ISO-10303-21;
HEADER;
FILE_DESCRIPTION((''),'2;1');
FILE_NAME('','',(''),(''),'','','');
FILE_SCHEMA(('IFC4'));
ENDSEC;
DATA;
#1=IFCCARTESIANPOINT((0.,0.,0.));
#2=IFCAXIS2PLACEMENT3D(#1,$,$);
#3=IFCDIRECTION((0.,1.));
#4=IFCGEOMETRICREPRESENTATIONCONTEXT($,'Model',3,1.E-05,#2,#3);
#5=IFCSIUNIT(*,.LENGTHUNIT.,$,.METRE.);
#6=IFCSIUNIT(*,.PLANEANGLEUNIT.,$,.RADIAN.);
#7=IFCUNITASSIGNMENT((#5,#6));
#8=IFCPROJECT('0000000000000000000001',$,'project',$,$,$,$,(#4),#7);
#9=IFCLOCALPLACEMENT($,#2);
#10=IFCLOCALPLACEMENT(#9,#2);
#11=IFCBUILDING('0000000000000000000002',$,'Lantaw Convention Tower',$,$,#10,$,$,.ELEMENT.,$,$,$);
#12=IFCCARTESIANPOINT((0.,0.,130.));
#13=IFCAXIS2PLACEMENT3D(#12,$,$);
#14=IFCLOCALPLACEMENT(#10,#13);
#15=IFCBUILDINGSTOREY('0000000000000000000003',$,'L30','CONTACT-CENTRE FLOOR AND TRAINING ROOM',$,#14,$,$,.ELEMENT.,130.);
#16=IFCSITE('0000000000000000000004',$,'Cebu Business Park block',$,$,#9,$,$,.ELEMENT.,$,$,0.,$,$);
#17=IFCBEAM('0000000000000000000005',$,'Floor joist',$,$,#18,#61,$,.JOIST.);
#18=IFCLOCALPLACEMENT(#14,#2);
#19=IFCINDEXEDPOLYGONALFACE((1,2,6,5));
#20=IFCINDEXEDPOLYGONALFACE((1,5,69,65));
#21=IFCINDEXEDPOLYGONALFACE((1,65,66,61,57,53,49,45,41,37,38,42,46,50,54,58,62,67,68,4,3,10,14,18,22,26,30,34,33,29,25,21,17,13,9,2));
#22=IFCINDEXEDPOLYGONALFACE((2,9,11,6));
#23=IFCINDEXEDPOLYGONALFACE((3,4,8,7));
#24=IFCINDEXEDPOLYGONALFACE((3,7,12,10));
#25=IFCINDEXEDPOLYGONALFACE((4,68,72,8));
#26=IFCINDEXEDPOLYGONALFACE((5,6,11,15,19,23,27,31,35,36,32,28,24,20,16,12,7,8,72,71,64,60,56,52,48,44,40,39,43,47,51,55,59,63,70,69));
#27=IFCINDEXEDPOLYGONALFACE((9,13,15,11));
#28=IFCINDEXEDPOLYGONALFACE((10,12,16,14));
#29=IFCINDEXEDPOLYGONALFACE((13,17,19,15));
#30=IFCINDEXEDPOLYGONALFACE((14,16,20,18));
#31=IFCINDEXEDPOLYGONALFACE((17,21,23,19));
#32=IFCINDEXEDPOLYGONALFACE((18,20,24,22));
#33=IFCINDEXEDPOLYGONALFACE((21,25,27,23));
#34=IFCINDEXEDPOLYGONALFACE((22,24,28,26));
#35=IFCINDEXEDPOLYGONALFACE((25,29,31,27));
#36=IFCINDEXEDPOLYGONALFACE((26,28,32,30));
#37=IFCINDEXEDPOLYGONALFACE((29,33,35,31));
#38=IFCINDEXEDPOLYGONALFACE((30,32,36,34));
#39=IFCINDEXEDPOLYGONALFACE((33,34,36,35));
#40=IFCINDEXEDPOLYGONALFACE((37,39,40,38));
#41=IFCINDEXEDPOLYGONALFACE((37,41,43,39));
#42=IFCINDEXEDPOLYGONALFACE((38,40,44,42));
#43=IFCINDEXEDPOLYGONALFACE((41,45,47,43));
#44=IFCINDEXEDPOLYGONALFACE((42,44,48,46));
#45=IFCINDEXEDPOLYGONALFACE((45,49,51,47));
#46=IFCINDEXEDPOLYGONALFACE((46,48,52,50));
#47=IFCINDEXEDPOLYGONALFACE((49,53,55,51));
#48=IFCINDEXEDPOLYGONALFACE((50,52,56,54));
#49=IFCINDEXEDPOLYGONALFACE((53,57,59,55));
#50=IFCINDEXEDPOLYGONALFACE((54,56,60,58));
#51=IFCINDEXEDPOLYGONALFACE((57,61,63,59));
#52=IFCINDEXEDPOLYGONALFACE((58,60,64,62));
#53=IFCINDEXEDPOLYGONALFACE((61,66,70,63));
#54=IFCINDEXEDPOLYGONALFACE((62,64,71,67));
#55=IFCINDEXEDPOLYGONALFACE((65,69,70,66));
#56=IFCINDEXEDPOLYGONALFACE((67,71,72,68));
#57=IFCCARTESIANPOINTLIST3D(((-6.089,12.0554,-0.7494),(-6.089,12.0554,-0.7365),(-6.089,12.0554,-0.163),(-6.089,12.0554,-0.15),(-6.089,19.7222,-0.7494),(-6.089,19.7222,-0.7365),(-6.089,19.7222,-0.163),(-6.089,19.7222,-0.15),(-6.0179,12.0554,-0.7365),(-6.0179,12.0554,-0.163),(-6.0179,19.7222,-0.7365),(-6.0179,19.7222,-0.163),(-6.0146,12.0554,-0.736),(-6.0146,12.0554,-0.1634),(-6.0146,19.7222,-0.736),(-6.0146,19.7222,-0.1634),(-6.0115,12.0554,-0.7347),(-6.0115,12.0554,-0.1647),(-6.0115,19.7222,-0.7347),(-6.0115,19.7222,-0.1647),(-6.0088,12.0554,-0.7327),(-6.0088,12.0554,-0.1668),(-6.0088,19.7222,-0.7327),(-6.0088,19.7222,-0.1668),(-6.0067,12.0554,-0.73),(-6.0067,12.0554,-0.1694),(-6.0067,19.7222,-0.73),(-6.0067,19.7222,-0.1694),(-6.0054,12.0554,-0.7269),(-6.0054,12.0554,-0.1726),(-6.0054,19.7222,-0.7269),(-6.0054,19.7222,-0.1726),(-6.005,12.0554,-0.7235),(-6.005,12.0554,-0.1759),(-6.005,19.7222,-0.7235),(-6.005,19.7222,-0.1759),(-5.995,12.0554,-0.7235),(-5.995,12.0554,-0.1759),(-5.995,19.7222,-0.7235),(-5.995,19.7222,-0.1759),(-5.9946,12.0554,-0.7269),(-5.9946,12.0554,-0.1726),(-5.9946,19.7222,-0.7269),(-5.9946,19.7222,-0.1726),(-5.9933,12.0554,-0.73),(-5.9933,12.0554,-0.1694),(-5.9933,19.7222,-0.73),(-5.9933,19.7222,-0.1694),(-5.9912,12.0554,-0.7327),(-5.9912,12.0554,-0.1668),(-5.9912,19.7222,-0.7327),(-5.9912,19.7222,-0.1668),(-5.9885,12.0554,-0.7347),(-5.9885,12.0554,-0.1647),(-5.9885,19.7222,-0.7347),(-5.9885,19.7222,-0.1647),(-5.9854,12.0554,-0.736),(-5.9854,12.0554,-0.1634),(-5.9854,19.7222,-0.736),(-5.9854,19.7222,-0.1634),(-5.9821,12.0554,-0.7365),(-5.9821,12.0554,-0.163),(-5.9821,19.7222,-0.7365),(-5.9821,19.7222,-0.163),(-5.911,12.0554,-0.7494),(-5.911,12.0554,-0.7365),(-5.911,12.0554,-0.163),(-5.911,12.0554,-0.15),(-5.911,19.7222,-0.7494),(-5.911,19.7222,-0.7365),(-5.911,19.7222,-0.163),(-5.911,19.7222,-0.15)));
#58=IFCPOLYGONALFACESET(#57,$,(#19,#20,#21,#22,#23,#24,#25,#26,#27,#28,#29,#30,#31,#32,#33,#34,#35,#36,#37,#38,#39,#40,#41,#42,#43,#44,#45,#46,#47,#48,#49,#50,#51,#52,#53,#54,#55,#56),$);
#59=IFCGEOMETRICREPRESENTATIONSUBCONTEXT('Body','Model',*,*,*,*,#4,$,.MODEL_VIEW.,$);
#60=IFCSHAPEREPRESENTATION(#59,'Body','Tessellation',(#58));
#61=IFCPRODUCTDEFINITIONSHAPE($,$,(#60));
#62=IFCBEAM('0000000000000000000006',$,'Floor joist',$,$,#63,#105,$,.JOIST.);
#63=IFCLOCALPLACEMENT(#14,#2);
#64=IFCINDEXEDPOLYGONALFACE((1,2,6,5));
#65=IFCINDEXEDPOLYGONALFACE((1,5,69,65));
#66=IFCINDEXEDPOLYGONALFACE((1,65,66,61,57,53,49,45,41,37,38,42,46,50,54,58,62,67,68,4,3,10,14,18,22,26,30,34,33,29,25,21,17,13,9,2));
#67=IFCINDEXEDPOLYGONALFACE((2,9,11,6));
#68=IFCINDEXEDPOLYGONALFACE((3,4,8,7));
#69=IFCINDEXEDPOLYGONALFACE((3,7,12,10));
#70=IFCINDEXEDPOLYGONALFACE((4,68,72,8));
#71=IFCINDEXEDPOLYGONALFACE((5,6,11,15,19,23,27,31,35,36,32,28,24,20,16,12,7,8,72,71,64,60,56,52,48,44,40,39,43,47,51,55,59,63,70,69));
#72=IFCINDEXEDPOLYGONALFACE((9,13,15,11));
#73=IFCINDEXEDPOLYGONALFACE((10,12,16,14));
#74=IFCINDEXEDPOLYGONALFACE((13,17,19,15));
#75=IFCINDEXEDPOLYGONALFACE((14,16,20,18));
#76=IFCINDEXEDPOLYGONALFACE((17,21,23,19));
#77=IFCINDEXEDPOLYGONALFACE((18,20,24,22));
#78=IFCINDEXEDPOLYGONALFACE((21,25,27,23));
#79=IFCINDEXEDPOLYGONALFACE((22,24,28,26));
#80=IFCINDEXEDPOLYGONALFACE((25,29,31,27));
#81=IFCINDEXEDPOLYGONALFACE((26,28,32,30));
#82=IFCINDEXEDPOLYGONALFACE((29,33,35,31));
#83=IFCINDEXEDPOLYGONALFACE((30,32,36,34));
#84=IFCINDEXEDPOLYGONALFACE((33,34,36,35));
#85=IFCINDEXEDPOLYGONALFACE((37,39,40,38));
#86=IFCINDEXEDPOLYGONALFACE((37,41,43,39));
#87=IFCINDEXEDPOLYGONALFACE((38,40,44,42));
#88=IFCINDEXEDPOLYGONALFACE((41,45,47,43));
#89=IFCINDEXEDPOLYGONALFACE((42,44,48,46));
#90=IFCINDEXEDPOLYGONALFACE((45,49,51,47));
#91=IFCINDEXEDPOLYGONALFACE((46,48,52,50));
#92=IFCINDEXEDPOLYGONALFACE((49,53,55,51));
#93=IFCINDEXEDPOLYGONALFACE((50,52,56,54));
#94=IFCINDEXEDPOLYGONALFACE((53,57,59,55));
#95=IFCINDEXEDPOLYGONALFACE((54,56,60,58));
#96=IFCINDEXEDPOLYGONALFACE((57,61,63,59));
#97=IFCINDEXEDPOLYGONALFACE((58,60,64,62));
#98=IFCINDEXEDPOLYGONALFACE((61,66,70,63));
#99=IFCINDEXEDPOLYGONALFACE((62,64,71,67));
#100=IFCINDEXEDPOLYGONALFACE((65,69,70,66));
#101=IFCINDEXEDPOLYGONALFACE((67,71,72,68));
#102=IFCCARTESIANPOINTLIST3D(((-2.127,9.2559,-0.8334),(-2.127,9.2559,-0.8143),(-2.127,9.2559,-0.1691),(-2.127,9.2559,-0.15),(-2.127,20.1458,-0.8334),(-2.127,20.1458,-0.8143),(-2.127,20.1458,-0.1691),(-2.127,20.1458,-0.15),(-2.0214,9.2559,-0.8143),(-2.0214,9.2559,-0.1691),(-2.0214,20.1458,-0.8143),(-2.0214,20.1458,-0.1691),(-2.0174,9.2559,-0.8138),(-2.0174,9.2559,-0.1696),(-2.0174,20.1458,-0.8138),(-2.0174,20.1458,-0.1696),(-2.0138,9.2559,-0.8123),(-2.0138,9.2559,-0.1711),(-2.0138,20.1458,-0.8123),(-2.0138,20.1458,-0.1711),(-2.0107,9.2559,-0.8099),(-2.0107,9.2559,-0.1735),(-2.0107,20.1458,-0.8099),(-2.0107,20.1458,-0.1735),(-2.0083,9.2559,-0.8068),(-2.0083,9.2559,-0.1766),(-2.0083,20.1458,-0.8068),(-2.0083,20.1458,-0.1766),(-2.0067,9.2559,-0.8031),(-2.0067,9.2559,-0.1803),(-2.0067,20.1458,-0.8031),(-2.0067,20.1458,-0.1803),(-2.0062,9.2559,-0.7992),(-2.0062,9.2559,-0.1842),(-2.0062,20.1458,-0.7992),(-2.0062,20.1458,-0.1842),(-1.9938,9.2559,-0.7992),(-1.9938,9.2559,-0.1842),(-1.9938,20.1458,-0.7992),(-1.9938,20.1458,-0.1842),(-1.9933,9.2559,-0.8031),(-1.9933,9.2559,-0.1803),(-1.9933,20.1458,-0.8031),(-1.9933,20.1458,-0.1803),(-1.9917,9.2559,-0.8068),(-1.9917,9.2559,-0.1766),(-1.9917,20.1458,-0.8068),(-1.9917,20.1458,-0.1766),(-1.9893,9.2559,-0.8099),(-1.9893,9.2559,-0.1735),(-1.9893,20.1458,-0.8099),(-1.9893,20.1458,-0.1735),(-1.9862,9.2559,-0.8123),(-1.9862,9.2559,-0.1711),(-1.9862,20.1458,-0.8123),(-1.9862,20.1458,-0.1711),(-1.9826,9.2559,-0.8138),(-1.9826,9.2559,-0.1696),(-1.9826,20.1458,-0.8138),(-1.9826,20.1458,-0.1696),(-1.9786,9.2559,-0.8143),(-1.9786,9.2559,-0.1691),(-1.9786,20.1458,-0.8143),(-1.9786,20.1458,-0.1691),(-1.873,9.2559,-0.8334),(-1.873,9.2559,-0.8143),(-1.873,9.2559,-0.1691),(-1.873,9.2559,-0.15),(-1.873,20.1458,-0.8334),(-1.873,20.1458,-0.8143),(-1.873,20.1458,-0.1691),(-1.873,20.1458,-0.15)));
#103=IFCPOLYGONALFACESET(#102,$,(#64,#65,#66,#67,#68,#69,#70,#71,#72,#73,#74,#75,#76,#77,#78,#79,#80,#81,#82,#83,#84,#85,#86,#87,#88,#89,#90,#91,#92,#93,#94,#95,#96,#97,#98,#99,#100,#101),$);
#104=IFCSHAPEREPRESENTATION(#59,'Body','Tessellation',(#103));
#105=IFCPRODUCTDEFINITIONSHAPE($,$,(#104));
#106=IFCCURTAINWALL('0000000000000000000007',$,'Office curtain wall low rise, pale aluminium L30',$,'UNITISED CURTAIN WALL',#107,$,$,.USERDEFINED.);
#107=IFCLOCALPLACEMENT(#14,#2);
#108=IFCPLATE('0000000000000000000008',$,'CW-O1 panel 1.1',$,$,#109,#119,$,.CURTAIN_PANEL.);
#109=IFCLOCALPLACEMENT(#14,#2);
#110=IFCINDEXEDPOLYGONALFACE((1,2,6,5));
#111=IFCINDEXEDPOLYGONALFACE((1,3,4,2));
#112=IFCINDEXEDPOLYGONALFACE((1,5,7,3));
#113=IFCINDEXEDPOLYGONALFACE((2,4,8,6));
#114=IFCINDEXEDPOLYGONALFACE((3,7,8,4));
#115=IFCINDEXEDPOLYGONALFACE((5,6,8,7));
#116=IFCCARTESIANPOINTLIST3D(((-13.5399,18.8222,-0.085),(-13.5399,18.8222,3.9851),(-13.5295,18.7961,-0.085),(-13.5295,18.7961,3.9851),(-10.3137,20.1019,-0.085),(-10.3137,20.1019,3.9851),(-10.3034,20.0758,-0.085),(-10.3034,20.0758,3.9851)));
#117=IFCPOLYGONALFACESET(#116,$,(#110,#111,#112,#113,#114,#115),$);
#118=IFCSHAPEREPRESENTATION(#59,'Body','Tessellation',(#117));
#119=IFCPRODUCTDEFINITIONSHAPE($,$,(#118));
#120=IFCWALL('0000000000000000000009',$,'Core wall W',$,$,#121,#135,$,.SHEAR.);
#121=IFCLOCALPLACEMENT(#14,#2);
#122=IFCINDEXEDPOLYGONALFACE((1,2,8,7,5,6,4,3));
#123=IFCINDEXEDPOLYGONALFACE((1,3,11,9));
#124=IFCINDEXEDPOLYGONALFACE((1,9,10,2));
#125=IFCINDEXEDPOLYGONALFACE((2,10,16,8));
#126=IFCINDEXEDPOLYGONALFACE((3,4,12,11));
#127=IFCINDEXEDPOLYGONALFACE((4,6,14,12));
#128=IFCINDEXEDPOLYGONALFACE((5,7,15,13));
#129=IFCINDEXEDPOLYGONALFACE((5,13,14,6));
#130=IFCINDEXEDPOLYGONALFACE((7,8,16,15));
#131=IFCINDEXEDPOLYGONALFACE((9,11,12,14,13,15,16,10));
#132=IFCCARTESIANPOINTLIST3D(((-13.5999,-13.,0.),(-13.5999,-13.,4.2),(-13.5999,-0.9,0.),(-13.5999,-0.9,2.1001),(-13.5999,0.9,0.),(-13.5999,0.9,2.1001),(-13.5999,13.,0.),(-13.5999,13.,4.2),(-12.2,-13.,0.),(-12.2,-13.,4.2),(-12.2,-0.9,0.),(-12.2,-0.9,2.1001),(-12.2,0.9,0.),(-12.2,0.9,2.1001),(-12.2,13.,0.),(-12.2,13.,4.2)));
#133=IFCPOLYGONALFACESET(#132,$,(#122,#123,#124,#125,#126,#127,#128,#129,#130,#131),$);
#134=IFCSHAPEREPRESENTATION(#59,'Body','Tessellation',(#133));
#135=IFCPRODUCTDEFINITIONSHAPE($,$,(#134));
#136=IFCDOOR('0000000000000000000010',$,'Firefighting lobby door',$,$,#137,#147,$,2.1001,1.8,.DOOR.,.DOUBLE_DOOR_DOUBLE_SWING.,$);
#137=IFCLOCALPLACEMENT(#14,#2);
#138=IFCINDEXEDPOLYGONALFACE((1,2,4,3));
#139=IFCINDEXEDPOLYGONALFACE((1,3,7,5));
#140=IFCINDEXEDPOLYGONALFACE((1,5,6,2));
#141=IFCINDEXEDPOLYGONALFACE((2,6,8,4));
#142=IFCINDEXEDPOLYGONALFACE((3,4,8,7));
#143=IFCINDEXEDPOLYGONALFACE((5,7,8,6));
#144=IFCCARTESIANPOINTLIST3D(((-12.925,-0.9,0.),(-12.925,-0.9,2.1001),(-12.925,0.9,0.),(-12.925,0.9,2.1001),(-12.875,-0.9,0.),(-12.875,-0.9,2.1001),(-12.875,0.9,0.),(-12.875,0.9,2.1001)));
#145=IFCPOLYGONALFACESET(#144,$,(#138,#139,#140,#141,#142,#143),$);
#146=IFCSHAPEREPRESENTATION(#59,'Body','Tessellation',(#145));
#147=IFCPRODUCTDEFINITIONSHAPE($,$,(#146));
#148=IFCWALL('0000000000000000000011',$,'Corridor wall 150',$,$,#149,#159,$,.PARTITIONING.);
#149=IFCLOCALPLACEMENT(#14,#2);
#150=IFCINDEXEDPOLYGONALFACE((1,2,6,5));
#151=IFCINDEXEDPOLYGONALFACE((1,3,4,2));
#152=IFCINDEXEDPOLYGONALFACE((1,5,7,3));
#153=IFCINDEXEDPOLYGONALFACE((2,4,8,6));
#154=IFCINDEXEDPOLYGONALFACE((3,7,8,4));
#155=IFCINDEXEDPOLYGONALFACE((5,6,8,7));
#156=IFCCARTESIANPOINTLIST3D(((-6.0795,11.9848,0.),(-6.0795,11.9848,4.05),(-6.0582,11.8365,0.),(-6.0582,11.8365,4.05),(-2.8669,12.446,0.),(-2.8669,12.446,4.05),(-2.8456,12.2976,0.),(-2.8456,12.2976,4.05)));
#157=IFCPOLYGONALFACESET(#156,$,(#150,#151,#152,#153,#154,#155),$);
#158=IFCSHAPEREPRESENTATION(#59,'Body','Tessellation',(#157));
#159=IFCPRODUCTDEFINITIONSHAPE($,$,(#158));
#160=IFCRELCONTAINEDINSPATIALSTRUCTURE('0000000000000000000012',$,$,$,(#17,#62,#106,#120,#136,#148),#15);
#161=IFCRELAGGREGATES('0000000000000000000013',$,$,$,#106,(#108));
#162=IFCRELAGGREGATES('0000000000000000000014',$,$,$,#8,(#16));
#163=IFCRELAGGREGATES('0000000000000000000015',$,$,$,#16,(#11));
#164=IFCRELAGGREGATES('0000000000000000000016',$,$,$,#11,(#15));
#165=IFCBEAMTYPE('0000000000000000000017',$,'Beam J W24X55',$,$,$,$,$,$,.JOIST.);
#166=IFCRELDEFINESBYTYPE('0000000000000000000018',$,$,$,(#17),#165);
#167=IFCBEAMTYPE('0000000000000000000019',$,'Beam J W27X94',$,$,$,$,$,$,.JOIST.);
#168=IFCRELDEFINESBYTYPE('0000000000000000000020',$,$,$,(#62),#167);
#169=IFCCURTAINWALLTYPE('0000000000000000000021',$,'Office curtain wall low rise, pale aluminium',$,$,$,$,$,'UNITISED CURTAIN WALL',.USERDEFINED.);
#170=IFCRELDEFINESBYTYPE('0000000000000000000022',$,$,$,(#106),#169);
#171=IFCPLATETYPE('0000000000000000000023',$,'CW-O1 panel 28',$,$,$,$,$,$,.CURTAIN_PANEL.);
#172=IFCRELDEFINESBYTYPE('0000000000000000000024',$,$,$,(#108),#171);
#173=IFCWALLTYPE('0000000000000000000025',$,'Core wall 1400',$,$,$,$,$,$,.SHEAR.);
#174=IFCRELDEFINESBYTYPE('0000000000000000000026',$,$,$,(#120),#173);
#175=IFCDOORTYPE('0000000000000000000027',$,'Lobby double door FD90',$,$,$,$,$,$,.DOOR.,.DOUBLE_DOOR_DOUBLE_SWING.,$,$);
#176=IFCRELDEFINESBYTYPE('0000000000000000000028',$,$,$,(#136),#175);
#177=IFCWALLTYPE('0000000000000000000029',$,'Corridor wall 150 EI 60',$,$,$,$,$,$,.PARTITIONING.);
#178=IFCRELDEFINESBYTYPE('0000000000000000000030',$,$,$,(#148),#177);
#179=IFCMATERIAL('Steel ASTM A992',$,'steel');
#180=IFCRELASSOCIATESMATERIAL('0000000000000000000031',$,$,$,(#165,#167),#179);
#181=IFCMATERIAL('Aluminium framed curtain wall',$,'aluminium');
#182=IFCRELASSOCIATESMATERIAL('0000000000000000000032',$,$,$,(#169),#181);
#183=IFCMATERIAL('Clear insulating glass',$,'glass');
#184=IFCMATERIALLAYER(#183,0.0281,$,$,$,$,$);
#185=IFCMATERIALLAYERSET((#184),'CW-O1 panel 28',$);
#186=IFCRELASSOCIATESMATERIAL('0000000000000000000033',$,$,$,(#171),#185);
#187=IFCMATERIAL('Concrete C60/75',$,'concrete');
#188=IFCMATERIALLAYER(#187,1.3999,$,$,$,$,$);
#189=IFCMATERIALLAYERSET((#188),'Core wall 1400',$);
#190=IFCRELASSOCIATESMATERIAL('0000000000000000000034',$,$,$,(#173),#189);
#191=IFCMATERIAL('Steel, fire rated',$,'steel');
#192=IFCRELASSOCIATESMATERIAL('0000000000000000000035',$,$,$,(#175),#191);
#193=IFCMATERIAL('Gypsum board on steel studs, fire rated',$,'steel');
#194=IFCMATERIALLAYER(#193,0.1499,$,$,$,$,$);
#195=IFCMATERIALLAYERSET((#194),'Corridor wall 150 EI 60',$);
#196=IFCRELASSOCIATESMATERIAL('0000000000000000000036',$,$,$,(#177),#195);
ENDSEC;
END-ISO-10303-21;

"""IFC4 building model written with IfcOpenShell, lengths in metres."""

from ifc_helpers import new_model, si_unit, direction, frame, frame_2d, origin, origin_2d, place, context, subcontext, project, spatial, rectangle, i_section, extrude, material, layer, layer_set, material_profile, profile_set, type_object, element, fill, aggregate, save


model = new_model("IFC4")

# Units and contexts
model_context = context("Model", 3, precision=1e-05, world=origin(), true_north=direction((0.0, 1.0)))
body_context = subcontext(model_context, "Body", "Model", "MODEL_VIEW")
ifc_project = project(units=[si_unit("LENGTHUNIT", "METRE"), si_unit("PLANEANGLEUNIT", "RADIAN")], contexts=[model_context])

# Site, building, storey
site_placement = place(None, origin())
site = spatial("IfcSite", under=ifc_project, at=site_placement, Name="Cebu Business Park block", CompositionType="ELEMENT", RefElevation=0.0)
building_placement = place(site_placement, origin())
building = spatial("IfcBuilding", under=site, at=building_placement, Name="Lantaw Convention Tower", CompositionType="ELEMENT")
storey_placement = place(building_placement, frame((0.0, 0.0, 130.0)))
storey = spatial("IfcBuildingStorey", under=building, at=storey_placement, Name="L30", Description="CONTACT-CENTRE FLOOR AND TRAINING ROOM", CompositionType="ELEMENT", Elevation=130.0)

# Shared definitions
ifc_material_1 = material(Name="Concrete C60/75", Category="concrete")

# Beams
ifc_material_2 = material(Name="Steel ASTM A992", Category="steel")
ifc_material_profile_1 = material_profile(ifc_material_2, i_section(OverallWidth=0.178, OverallDepth=0.5994, WebThickness=0.01, FlangeThickness=0.0129, FilletRadius=0.0129, at=origin_2d()), Name="W24X55")
ifc_profile_set_1 = profile_set([ifc_material_profile_1], Name="Steel ASTM A992")
beam_type_1 = type_object("IfcBeamType", Name="Beam J W24X55", PredefinedType="JOIST", material=ifc_profile_set_1)
beam_1_placement = place(storey_placement, frame((-6.0, 12.0554, -0.4497), z_axis=(0.0, 1.0, 0.0), x_axis=(-1.0, 0.0, 0.0)))
element("IfcBeam", 1, at=beam_1_placement, inside=storey, type_object=beam_type_1, Name="Floor joist", PredefinedType="JOIST", context=body_context, shape_type="SweptSolid", body=[
    extrude(i_section(OverallWidth=0.178, OverallDepth=0.5994, WebThickness=0.01, FlangeThickness=0.0129, FilletRadius=0.0129, at=origin_2d()), origin(), (0.0, 0.0, 1.0), 7.6667),
])
ifc_material_profile_2 = material_profile(ifc_material_2, i_section(OverallWidth=0.2539, OverallDepth=0.6833, WebThickness=0.0125, FlangeThickness=0.019, FilletRadius=0.0151, at=origin_2d()), Name="W27X94")
ifc_profile_set_2 = profile_set([ifc_material_profile_2], Name="Steel ASTM A992")
beam_type_2 = type_object("IfcBeamType", Name="Beam J W27X94", PredefinedType="JOIST", material=ifc_profile_set_2)
beam_2_placement = place(storey_placement, frame((-2.0, 9.2559, -0.4917), z_axis=(0.0, 1.0, 0.0), x_axis=(-1.0, 0.0, 0.0)))
element("IfcBeam", 2, at=beam_2_placement, inside=storey, type_object=beam_type_2, Name="Floor joist", PredefinedType="JOIST", context=body_context, shape_type="SweptSolid", body=[
    extrude(i_section(OverallWidth=0.2539, OverallDepth=0.6833, WebThickness=0.0125, FlangeThickness=0.019, FilletRadius=0.0151, at=origin_2d()), origin(), (0.0, 0.0, 1.0), 10.8899),
])

# Curtain wall, plate
ifc_material_3 = material(Name="Aluminium framed curtain wall", Category="aluminium")
curtain_wall_type = type_object("IfcCurtainWallType", Name="Office curtain wall low rise, pale aluminium", ElementType="UNITISED CURTAIN WALL", PredefinedType="USERDEFINED", material=ifc_material_3)
curtain_wall_placement = place(storey_placement, origin())
curtain_wall = element("IfcCurtainWall", 3, at=curtain_wall_placement, inside=storey, type_object=curtain_wall_type, Name="Office curtain wall low rise, pale aluminium L30", ObjectType="UNITISED CURTAIN WALL", PredefinedType="USERDEFINED")
ifc_material_4 = material(Name="Clear insulating glass", Category="glass")
ifc_layer_1 = layer(ifc_material_4, 0.0281)
ifc_layer_set_1 = layer_set([ifc_layer_1], Name="CW-O1 panel 28")
plate_type = type_object("IfcPlateType", Name="CW-O1 panel 28", PredefinedType="CURTAIN_PANEL", material=ifc_layer_set_1)
plate_placement = place(storey_placement, frame((-11.9216, 19.449, -0.085), z_axis=(0.0, 0.0, 1.0), x_axis=(-0.929548, -0.368702, 0.0)))
plate = element("IfcPlate", 4, at=plate_placement, type_object=plate_type, Name="CW-O1 panel 1.1", PredefinedType="CURTAIN_PANEL", context=body_context, shape_type="SweptSolid", body=[
    extrude(rectangle(XDim=3.4707, YDim=0.0281, at=origin_2d()), origin(), (0.0, 0.0, 1.0), 4.0701),
])
aggregate(curtain_wall, [plate])

# Wall, opening, door
ifc_layer_2 = layer(ifc_material_1, 1.3999)
ifc_layer_set_2 = layer_set([ifc_layer_2], Name="Core wall 1400")
wall_type_1 = type_object("IfcWallType", Name="Core wall 1400", PredefinedType="SHEAR", material=ifc_layer_set_2)
wall_1_placement = place(storey_placement, frame((-12.8999, 13.0, 0.0), z_axis=(0.0, 0.0, 1.0), x_axis=(0.0, -1.0, 0.0)))
wall_1 = element("IfcWall", 5, at=wall_1_placement, inside=storey, type_object=wall_type_1, Name="Core wall W", PredefinedType="SHEAR", context=body_context, shape_type="SweptSolid", body=[
    extrude(rectangle(XDim=26.0, YDim=1.3999, at=frame_2d((13.0, 0.0))), origin(), (0.0, 0.0, 1.0), 4.2),
])
opening_1_placement = place(wall_1_placement, frame((12.1001, 0.0, 0.0)))
opening_1 = element("IfcOpeningElement", 6, at=opening_1_placement, cuts=wall_1, PredefinedType="OPENING", context=body_context, shape_type="SweptSolid", body=[
    extrude(rectangle(XDim=1.8, YDim=2.1001, at=frame_2d((0.8999, 1.05))), frame((0.0, 0.71, 0.0), z_axis=(0.0, -1.0, 0.0), x_axis=(1.0, 0.0, 0.0)), (0.0, 0.0, 1.0), 1.4199),
])
ifc_material_5 = material(Name="Steel, fire rated", Category="steel")
door_type_1 = type_object("IfcDoorType", Name="Lobby double door FD90", OperationType="DOUBLE_DOOR_DOUBLE_SWING", PredefinedType="DOOR", material=ifc_material_5)
door_1_placement = place(opening_1_placement, origin())
door_1 = element("IfcDoor", 7, at=door_1_placement, inside=storey, type_object=door_type_1, Name="Firefighting lobby door", OperationType="DOUBLE_DOOR_DOUBLE_SWING", OverallHeight=2.1001, OverallWidth=1.8, PredefinedType="DOOR", context=body_context, shape_type="SweptSolid", body=[
    extrude(rectangle(XDim=1.8, YDim=2.1001, at=frame_2d((0.8999, 1.05))), frame((0.0, 0.0249, 0.0), z_axis=(0.0, -1.0, 0.0), x_axis=(1.0, 0.0, 0.0)), (0.0, 0.0, 1.0), 0.05),
])
fill(opening_1, door_1)

# Wall
ifc_material_6 = material(Name="Gypsum board on steel studs, fire rated", Category="steel")
ifc_layer_3 = layer(ifc_material_6, 0.1499)
ifc_layer_set_3 = layer_set([ifc_layer_3], Name="Corridor wall 150 EI 60")
wall_type_2 = type_object("IfcWallType", Name="Corridor wall 150 EI 60", PredefinedType="PARTITIONING", material=ifc_layer_set_3)
wall_2_placement = place(storey_placement, frame((-2.8562, 12.3718, 0.0), z_axis=(0.0, 0.0, 1.0), x_axis=(-0.989853, -0.142095, 0.0)))
element("IfcWall", 8, at=wall_2_placement, inside=storey, type_object=wall_type_2, Name="Corridor wall 150", PredefinedType="PARTITIONING", context=body_context, shape_type="SweptSolid", body=[
    extrude(rectangle(XDim=3.2456, YDim=0.1499, at=frame_2d((1.6228, 0.0))), origin(), (0.0, 0.0, 1.0), 4.05),
])

save(model, "model.ifc")
